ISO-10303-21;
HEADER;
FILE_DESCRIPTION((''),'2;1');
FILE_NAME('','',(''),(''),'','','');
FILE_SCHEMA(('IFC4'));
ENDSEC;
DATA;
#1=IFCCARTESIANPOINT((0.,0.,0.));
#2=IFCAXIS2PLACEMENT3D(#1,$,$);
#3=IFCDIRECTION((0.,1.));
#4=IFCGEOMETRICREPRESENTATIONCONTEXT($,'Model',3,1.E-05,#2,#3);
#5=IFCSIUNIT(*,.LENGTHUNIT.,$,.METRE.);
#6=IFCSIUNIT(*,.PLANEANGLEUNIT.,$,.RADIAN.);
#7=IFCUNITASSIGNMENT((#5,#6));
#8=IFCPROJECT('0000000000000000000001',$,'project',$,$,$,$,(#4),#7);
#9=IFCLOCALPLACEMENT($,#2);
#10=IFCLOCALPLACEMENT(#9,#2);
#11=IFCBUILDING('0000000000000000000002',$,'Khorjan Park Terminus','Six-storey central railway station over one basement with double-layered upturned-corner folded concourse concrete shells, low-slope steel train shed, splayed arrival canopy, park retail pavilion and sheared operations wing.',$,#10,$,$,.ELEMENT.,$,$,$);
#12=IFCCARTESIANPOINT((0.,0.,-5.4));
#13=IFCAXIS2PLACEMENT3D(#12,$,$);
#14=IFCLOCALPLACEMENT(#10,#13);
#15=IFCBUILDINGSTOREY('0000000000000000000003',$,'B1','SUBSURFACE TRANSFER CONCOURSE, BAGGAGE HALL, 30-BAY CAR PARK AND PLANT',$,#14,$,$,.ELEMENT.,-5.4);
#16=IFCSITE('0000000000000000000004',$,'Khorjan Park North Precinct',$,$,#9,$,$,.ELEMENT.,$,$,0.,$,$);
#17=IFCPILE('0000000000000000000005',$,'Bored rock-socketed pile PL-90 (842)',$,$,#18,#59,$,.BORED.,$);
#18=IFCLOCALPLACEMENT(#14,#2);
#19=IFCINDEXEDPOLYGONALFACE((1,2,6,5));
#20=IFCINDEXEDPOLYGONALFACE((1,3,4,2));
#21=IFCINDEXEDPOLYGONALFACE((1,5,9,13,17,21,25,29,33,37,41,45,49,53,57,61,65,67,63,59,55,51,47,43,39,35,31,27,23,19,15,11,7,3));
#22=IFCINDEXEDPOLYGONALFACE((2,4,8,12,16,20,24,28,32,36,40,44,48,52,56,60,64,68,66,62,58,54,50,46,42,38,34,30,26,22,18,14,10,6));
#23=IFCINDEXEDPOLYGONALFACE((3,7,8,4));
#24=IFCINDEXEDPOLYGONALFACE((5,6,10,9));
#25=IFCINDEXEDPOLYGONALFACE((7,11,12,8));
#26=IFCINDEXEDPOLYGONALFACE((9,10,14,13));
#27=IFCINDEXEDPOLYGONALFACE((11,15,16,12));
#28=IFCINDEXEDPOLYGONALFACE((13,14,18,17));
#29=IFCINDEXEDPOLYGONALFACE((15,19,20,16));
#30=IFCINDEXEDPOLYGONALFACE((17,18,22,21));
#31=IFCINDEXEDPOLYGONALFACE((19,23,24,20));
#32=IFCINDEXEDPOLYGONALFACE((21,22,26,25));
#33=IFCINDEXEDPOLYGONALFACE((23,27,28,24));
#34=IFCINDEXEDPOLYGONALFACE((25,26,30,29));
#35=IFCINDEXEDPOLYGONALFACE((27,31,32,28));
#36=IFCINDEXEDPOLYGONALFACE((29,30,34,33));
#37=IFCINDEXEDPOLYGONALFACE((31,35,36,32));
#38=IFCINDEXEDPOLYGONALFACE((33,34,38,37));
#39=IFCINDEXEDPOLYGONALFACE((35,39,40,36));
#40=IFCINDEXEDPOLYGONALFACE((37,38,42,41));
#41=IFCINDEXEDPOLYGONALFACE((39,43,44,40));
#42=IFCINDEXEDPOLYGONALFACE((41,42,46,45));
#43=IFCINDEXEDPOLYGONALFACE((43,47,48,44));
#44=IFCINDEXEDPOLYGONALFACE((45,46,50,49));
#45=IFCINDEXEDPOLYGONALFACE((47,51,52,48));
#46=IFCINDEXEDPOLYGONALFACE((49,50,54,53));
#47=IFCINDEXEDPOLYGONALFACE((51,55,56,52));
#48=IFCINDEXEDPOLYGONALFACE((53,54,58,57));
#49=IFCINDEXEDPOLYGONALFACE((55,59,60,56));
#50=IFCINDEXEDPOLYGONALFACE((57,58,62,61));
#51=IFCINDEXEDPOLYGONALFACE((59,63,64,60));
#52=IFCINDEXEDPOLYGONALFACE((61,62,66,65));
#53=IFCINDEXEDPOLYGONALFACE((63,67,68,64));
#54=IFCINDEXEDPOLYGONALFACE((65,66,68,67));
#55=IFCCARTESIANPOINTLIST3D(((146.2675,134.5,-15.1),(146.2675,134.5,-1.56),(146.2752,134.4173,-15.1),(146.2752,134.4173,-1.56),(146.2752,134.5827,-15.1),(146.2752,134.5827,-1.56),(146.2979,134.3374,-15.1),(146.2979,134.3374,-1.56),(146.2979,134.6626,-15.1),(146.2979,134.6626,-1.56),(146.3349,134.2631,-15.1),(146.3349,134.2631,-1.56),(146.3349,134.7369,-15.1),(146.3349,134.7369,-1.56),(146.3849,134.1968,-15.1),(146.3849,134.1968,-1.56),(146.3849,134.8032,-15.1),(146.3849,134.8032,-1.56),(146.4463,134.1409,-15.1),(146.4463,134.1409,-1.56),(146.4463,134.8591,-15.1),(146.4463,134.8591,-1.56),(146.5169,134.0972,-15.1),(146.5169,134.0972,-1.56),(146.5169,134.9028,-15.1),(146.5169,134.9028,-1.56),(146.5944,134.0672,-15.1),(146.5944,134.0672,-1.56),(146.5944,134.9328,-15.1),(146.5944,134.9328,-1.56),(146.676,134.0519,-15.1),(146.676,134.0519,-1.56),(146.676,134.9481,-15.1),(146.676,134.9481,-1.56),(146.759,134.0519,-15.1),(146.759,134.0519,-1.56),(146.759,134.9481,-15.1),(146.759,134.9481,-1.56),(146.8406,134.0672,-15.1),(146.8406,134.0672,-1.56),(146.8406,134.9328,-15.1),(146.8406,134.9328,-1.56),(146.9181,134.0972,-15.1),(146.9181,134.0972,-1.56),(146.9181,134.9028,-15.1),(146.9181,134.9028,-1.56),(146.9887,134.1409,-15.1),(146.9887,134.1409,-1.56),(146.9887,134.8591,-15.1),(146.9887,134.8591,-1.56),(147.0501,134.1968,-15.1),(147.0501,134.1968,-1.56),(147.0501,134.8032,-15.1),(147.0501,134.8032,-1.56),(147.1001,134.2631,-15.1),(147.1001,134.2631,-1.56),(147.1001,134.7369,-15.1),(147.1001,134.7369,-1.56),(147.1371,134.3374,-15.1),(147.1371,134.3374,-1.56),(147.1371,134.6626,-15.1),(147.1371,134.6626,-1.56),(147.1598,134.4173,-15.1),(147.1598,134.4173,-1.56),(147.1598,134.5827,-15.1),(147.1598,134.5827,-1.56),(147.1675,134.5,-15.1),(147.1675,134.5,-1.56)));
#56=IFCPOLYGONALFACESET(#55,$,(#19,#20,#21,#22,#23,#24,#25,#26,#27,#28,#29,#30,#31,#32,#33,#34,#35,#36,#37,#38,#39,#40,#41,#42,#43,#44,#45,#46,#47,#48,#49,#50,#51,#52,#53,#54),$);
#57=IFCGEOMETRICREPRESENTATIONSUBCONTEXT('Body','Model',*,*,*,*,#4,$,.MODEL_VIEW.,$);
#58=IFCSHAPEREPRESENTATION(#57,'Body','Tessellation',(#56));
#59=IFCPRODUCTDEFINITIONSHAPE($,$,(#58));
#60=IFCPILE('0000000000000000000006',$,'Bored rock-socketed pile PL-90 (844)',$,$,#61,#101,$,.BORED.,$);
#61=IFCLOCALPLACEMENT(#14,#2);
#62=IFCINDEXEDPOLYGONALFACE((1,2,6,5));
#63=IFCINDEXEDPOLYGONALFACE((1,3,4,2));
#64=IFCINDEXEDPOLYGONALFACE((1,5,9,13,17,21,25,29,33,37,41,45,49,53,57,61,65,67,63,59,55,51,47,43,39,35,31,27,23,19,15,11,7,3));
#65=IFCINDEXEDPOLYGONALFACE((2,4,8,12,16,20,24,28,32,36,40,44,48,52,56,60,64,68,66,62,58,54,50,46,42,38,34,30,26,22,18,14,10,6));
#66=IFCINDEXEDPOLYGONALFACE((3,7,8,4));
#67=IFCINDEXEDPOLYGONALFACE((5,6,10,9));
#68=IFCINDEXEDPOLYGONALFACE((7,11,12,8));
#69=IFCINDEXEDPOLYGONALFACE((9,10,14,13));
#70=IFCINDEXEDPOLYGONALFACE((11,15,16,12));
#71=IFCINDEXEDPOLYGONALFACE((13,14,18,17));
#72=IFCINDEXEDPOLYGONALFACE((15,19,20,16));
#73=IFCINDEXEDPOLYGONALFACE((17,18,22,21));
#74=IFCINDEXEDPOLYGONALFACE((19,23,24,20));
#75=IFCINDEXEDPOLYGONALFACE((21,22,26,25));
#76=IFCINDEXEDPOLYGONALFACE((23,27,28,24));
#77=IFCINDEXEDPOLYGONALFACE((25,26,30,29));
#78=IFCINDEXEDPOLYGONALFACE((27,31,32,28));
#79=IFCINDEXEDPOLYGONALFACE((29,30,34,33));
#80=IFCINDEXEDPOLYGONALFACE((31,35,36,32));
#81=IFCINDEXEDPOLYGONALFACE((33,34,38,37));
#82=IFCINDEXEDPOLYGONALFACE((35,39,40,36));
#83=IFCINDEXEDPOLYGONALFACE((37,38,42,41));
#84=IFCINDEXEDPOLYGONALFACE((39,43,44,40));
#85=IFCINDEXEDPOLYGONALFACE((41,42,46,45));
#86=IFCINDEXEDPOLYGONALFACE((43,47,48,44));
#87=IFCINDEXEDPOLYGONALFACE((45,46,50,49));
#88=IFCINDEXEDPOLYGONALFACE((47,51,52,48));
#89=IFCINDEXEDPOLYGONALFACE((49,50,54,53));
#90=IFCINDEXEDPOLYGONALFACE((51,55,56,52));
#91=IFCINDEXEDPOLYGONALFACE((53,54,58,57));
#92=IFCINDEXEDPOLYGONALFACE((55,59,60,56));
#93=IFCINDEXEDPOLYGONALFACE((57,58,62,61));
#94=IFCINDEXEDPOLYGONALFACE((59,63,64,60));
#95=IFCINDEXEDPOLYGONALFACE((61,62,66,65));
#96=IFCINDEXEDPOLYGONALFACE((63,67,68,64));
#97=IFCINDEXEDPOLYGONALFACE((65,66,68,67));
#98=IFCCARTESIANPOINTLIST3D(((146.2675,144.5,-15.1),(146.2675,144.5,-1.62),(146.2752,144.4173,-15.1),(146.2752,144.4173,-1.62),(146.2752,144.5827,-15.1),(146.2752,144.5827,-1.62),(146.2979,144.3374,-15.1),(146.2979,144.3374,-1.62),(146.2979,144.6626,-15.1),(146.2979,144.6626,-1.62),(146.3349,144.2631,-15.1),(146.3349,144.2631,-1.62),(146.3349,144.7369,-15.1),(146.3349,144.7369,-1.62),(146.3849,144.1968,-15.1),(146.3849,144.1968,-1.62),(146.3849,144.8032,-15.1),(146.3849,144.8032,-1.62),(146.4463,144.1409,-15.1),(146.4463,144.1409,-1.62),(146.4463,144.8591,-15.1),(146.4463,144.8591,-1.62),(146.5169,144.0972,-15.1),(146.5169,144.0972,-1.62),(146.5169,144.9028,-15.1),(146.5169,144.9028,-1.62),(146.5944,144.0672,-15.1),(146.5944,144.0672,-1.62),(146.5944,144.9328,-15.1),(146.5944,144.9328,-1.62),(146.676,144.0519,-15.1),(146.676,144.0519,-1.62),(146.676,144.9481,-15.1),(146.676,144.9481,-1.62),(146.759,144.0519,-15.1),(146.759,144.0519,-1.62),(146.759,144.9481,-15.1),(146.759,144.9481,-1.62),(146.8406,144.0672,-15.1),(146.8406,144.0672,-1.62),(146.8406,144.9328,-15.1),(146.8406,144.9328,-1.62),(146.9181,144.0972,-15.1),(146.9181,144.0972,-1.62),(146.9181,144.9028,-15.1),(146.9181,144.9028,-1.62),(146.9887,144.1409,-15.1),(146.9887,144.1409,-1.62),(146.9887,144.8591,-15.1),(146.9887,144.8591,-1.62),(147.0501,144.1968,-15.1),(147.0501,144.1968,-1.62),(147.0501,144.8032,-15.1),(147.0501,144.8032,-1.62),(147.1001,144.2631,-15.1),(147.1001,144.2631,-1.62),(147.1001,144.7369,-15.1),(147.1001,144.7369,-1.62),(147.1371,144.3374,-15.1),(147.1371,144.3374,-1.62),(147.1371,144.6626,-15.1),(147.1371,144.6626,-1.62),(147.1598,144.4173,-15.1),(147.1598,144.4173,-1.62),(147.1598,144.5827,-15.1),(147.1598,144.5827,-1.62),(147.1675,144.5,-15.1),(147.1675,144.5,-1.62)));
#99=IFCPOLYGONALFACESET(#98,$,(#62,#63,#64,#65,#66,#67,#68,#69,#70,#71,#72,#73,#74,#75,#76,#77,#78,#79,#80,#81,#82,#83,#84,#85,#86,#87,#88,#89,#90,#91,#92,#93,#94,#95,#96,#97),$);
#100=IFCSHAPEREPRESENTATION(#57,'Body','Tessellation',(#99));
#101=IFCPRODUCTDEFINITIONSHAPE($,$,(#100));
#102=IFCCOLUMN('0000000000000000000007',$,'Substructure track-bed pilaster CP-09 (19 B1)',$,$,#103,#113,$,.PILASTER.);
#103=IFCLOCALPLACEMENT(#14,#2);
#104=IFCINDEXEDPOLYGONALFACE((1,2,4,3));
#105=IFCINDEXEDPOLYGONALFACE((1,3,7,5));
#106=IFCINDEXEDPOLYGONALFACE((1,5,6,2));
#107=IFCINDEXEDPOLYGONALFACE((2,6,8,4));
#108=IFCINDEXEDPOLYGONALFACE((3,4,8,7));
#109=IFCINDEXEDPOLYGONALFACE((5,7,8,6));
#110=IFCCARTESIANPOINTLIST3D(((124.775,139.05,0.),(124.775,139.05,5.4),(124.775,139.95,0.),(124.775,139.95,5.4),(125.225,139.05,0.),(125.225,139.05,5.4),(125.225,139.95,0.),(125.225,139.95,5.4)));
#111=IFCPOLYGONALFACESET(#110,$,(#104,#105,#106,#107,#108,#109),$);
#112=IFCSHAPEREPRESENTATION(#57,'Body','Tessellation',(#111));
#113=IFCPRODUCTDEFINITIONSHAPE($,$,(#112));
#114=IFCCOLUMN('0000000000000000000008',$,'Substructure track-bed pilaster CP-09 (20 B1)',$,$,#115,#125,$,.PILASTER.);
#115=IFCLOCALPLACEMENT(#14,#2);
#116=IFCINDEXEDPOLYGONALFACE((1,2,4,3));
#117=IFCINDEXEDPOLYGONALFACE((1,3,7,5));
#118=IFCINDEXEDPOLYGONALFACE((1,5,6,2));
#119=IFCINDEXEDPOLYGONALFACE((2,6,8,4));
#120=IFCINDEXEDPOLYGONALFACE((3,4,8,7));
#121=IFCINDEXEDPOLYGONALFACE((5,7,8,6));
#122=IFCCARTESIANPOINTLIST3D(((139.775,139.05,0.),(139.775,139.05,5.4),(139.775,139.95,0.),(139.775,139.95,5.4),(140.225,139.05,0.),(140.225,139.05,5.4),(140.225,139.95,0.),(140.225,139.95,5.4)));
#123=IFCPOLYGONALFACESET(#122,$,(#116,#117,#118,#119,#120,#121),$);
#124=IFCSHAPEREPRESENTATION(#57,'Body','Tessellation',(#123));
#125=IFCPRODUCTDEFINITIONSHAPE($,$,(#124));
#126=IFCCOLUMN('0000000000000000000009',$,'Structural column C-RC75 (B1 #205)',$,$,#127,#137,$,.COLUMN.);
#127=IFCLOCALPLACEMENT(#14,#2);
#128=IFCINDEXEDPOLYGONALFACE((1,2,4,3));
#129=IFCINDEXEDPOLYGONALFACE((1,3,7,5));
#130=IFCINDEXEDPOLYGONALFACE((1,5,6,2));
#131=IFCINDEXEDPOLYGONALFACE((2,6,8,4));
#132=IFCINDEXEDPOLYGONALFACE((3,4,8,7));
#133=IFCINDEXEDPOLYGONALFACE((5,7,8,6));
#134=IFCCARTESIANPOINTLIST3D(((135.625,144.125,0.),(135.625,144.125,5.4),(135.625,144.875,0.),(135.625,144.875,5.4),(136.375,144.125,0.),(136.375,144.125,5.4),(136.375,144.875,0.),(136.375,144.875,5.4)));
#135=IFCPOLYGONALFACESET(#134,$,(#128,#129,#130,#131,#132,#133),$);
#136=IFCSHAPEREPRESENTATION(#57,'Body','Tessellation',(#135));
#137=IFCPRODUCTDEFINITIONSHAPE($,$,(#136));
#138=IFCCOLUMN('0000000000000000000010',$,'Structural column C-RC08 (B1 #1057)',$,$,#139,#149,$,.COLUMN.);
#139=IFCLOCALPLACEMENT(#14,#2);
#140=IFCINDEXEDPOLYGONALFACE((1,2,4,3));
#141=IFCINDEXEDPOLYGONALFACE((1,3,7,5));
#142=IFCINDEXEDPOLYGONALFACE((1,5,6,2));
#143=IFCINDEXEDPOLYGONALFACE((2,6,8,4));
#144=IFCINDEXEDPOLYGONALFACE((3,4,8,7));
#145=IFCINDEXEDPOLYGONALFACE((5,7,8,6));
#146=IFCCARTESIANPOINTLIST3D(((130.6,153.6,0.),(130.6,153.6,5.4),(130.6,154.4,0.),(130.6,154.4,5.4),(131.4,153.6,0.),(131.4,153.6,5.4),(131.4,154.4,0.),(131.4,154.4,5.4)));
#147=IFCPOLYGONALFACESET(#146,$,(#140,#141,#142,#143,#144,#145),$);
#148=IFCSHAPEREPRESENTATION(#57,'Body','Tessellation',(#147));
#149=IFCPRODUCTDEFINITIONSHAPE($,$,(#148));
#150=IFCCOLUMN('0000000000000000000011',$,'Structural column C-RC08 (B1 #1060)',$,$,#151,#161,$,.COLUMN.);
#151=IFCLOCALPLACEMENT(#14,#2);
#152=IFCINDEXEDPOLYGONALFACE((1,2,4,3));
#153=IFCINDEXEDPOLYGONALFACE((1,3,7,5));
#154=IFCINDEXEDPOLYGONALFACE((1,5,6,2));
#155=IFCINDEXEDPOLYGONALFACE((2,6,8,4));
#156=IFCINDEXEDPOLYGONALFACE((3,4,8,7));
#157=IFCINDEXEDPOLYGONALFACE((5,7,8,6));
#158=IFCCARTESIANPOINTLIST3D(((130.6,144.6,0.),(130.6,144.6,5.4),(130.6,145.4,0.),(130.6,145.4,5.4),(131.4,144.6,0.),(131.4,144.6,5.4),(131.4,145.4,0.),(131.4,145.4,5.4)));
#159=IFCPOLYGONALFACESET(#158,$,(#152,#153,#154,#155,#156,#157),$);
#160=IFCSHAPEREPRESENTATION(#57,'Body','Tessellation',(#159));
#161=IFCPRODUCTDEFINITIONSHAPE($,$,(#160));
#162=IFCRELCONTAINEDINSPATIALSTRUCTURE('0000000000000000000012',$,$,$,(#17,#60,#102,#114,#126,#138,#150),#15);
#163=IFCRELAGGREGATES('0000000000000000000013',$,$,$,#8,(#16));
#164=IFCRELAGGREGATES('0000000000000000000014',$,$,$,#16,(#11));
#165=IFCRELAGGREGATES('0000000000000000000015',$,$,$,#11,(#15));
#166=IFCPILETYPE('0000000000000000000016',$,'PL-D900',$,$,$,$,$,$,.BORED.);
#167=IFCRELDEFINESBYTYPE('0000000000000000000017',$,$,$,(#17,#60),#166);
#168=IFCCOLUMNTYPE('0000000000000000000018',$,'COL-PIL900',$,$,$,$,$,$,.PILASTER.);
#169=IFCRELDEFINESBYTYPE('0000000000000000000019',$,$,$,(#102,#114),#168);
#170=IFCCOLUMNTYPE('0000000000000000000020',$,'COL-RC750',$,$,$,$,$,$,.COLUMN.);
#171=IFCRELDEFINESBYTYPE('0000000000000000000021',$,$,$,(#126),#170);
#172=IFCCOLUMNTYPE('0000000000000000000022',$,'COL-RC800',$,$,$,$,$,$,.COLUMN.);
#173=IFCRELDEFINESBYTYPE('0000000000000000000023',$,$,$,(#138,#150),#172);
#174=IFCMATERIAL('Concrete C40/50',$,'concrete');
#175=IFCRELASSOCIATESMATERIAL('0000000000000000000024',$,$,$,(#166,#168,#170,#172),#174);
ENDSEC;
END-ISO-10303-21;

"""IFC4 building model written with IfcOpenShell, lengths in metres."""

from ifc_helpers import new_model, si_unit, direction, frame, origin, origin_2d, place, context, subcontext, project, spatial, rectangle, circle, extrude, material, material_profile, profile_set, type_object, element, save


model = new_model("IFC4")

# Units and contexts
model_context = context("Model", 3, precision=1e-05, world=origin(), true_north=direction((0.0, 1.0)))
body_context = subcontext(model_context, "Body", "Model", "MODEL_VIEW")
ifc_project = project(units=[si_unit("LENGTHUNIT", "METRE"), si_unit("PLANEANGLEUNIT", "RADIAN")], contexts=[model_context])

# Site, building, storey
site_placement = place(None, origin())
site = spatial("IfcSite", under=ifc_project, at=site_placement, Name="Khorjan Park North Precinct", CompositionType="ELEMENT", RefElevation=0.0)
building_placement = place(site_placement, origin())
building = spatial("IfcBuilding", under=site, at=building_placement, Name="Khorjan Park Terminus", Description="Six-storey central railway station over one basement with double-layered upturned-corner folded concourse concrete shells, low-slope steel train shed, splayed arrival canopy, park retail pavilion and sheared operations wing.", CompositionType="ELEMENT")
storey_placement = place(building_placement, frame((0.0, 0.0, -5.4)))
storey = spatial("IfcBuildingStorey", under=building, at=storey_placement, Name="B1", Description="SUBSURFACE TRANSFER CONCOURSE, BAGGAGE HALL, 30-BAY CAR PARK AND PLANT", CompositionType="ELEMENT", Elevation=-5.4)

# Shared definitions
ifc_material_1 = material(Name="Concrete C40/50", Category="concrete")

# Piles
ifc_material_profile_1 = material_profile(ifc_material_1, circle(Radius=0.45, at=origin_2d()), Name="BORED D900")
ifc_profile_set_1 = profile_set([ifc_material_profile_1], Name="Concrete C40/50")
pile_type_1 = type_object("IfcPileType", Name="PL-D900", PredefinedType="BORED", material=ifc_profile_set_1)
for number, where, z_axis, x_axis, name in (
    (1, (146.7175, 134.5, -1.56), (0.0, 0.0, -1.0), (1.0, 0.0, 0.0), "Bored rock-socketed pile PL-90 (842)"),
):
    element("IfcPile", number, at=place(storey_placement, frame(where, z_axis=z_axis, x_axis=x_axis)), inside=storey, type_object=pile_type_1, Name=name, PredefinedType="BORED", context=body_context, shape_type="SweptSolid", body=[
        extrude(circle(Radius=0.45, at=origin_2d()), origin(), (0.0, 0.0, 1.0), 13.54),
    ])
pile_placement = place(storey_placement, frame((146.7175, 144.5, -1.62), z_axis=(0.0, 0.0, -1.0), x_axis=(1.0, 0.0, 0.0)))
element("IfcPile", 2, at=pile_placement, inside=storey, type_object=pile_type_1, Name="Bored rock-socketed pile PL-90 (844)", PredefinedType="BORED", context=body_context, shape_type="SweptSolid", body=[
    extrude(circle(Radius=0.45, at=origin_2d()), origin(), (0.0, 0.0, 1.0), 13.48),
])

# Columns
ifc_material_profile_2 = material_profile(ifc_material_1, rectangle(XDim=0.45, YDim=0.9, at=origin_2d()), Name="RC 450x900")
ifc_profile_set_2 = profile_set([ifc_material_profile_2], Name="Concrete C40/50")
column_type_1 = type_object("IfcColumnType", Name="COL-PIL900", PredefinedType="PILASTER", material=ifc_profile_set_2)
for number, where, z_axis, x_axis, name in (
    (3, (125.0, 139.5, 0.0), (0.0, 0.0, 1.0), (1.0, 0.0, 0.0), "Substructure track-bed pilaster CP-09 (19 B1)"),
    (4, (140.0, 139.5, 0.0), (0.0, 0.0, 1.0), (1.0, 0.0, 0.0), "Substructure track-bed pilaster CP-09 (20 B1)"),
):
    element("IfcColumn", number, at=place(storey_placement, frame(where, z_axis=z_axis, x_axis=x_axis)), inside=storey, type_object=column_type_1, Name=name, PredefinedType="PILASTER", context=body_context, shape_type="SweptSolid", body=[
        extrude(rectangle(XDim=0.45, YDim=0.9, at=origin_2d()), origin(), (0.0, 0.0, 1.0), 5.4),
    ])
ifc_material_profile_3 = material_profile(ifc_material_1, rectangle(XDim=0.75, YDim=0.75, at=origin_2d()), Name="RC 750x750")
ifc_profile_set_3 = profile_set([ifc_material_profile_3], Name="Concrete C40/50")
column_type_2 = type_object("IfcColumnType", Name="COL-RC750", PredefinedType="COLUMN", material=ifc_profile_set_3)
column_1_placement = place(storey_placement, frame((136.0, 144.5, 0.0), z_axis=(0.0, 0.0, 1.0), x_axis=(1.0, 0.0, 0.0)))
element("IfcColumn", 5, at=column_1_placement, inside=storey, type_object=column_type_2, Name="Structural column C-RC75 (B1 #205)", PredefinedType="COLUMN", context=body_context, shape_type="SweptSolid", body=[
    extrude(rectangle(XDim=0.75, YDim=0.75, at=origin_2d()), origin(), (0.0, 0.0, 1.0), 5.4),
])
ifc_material_profile_4 = material_profile(ifc_material_1, rectangle(XDim=0.8, YDim=0.8, at=origin_2d()), Name="RC 800x800")
ifc_profile_set_4 = profile_set([ifc_material_profile_4], Name="Concrete C40/50")
column_type_3 = type_object("IfcColumnType", Name="COL-RC800", PredefinedType="COLUMN", material=ifc_profile_set_4)
for number, where, z_axis, x_axis, name in (
    (6, (131.0, 154.0, 0.0), (0.0, 0.0, 1.0), (-1.0, 0.0, 0.0), "Structural column C-RC08 (B1 #1057)"),
    (7, (131.0, 145.0, 0.0), (0.0, 0.0, 1.0), (-1.0, 0.0, 0.0), "Structural column C-RC08 (B1 #1060)"),
):
    element("IfcColumn", number, at=place(storey_placement, frame(where, z_axis=z_axis, x_axis=x_axis)), inside=storey, type_object=column_type_3, Name=name, PredefinedType="COLUMN", context=body_context, shape_type="SweptSolid", body=[
        extrude(rectangle(XDim=0.8, YDim=0.8, at=origin_2d()), origin(), (0.0, 0.0, 1.0), 5.4),
    ])

save(model, "model.ifc")
